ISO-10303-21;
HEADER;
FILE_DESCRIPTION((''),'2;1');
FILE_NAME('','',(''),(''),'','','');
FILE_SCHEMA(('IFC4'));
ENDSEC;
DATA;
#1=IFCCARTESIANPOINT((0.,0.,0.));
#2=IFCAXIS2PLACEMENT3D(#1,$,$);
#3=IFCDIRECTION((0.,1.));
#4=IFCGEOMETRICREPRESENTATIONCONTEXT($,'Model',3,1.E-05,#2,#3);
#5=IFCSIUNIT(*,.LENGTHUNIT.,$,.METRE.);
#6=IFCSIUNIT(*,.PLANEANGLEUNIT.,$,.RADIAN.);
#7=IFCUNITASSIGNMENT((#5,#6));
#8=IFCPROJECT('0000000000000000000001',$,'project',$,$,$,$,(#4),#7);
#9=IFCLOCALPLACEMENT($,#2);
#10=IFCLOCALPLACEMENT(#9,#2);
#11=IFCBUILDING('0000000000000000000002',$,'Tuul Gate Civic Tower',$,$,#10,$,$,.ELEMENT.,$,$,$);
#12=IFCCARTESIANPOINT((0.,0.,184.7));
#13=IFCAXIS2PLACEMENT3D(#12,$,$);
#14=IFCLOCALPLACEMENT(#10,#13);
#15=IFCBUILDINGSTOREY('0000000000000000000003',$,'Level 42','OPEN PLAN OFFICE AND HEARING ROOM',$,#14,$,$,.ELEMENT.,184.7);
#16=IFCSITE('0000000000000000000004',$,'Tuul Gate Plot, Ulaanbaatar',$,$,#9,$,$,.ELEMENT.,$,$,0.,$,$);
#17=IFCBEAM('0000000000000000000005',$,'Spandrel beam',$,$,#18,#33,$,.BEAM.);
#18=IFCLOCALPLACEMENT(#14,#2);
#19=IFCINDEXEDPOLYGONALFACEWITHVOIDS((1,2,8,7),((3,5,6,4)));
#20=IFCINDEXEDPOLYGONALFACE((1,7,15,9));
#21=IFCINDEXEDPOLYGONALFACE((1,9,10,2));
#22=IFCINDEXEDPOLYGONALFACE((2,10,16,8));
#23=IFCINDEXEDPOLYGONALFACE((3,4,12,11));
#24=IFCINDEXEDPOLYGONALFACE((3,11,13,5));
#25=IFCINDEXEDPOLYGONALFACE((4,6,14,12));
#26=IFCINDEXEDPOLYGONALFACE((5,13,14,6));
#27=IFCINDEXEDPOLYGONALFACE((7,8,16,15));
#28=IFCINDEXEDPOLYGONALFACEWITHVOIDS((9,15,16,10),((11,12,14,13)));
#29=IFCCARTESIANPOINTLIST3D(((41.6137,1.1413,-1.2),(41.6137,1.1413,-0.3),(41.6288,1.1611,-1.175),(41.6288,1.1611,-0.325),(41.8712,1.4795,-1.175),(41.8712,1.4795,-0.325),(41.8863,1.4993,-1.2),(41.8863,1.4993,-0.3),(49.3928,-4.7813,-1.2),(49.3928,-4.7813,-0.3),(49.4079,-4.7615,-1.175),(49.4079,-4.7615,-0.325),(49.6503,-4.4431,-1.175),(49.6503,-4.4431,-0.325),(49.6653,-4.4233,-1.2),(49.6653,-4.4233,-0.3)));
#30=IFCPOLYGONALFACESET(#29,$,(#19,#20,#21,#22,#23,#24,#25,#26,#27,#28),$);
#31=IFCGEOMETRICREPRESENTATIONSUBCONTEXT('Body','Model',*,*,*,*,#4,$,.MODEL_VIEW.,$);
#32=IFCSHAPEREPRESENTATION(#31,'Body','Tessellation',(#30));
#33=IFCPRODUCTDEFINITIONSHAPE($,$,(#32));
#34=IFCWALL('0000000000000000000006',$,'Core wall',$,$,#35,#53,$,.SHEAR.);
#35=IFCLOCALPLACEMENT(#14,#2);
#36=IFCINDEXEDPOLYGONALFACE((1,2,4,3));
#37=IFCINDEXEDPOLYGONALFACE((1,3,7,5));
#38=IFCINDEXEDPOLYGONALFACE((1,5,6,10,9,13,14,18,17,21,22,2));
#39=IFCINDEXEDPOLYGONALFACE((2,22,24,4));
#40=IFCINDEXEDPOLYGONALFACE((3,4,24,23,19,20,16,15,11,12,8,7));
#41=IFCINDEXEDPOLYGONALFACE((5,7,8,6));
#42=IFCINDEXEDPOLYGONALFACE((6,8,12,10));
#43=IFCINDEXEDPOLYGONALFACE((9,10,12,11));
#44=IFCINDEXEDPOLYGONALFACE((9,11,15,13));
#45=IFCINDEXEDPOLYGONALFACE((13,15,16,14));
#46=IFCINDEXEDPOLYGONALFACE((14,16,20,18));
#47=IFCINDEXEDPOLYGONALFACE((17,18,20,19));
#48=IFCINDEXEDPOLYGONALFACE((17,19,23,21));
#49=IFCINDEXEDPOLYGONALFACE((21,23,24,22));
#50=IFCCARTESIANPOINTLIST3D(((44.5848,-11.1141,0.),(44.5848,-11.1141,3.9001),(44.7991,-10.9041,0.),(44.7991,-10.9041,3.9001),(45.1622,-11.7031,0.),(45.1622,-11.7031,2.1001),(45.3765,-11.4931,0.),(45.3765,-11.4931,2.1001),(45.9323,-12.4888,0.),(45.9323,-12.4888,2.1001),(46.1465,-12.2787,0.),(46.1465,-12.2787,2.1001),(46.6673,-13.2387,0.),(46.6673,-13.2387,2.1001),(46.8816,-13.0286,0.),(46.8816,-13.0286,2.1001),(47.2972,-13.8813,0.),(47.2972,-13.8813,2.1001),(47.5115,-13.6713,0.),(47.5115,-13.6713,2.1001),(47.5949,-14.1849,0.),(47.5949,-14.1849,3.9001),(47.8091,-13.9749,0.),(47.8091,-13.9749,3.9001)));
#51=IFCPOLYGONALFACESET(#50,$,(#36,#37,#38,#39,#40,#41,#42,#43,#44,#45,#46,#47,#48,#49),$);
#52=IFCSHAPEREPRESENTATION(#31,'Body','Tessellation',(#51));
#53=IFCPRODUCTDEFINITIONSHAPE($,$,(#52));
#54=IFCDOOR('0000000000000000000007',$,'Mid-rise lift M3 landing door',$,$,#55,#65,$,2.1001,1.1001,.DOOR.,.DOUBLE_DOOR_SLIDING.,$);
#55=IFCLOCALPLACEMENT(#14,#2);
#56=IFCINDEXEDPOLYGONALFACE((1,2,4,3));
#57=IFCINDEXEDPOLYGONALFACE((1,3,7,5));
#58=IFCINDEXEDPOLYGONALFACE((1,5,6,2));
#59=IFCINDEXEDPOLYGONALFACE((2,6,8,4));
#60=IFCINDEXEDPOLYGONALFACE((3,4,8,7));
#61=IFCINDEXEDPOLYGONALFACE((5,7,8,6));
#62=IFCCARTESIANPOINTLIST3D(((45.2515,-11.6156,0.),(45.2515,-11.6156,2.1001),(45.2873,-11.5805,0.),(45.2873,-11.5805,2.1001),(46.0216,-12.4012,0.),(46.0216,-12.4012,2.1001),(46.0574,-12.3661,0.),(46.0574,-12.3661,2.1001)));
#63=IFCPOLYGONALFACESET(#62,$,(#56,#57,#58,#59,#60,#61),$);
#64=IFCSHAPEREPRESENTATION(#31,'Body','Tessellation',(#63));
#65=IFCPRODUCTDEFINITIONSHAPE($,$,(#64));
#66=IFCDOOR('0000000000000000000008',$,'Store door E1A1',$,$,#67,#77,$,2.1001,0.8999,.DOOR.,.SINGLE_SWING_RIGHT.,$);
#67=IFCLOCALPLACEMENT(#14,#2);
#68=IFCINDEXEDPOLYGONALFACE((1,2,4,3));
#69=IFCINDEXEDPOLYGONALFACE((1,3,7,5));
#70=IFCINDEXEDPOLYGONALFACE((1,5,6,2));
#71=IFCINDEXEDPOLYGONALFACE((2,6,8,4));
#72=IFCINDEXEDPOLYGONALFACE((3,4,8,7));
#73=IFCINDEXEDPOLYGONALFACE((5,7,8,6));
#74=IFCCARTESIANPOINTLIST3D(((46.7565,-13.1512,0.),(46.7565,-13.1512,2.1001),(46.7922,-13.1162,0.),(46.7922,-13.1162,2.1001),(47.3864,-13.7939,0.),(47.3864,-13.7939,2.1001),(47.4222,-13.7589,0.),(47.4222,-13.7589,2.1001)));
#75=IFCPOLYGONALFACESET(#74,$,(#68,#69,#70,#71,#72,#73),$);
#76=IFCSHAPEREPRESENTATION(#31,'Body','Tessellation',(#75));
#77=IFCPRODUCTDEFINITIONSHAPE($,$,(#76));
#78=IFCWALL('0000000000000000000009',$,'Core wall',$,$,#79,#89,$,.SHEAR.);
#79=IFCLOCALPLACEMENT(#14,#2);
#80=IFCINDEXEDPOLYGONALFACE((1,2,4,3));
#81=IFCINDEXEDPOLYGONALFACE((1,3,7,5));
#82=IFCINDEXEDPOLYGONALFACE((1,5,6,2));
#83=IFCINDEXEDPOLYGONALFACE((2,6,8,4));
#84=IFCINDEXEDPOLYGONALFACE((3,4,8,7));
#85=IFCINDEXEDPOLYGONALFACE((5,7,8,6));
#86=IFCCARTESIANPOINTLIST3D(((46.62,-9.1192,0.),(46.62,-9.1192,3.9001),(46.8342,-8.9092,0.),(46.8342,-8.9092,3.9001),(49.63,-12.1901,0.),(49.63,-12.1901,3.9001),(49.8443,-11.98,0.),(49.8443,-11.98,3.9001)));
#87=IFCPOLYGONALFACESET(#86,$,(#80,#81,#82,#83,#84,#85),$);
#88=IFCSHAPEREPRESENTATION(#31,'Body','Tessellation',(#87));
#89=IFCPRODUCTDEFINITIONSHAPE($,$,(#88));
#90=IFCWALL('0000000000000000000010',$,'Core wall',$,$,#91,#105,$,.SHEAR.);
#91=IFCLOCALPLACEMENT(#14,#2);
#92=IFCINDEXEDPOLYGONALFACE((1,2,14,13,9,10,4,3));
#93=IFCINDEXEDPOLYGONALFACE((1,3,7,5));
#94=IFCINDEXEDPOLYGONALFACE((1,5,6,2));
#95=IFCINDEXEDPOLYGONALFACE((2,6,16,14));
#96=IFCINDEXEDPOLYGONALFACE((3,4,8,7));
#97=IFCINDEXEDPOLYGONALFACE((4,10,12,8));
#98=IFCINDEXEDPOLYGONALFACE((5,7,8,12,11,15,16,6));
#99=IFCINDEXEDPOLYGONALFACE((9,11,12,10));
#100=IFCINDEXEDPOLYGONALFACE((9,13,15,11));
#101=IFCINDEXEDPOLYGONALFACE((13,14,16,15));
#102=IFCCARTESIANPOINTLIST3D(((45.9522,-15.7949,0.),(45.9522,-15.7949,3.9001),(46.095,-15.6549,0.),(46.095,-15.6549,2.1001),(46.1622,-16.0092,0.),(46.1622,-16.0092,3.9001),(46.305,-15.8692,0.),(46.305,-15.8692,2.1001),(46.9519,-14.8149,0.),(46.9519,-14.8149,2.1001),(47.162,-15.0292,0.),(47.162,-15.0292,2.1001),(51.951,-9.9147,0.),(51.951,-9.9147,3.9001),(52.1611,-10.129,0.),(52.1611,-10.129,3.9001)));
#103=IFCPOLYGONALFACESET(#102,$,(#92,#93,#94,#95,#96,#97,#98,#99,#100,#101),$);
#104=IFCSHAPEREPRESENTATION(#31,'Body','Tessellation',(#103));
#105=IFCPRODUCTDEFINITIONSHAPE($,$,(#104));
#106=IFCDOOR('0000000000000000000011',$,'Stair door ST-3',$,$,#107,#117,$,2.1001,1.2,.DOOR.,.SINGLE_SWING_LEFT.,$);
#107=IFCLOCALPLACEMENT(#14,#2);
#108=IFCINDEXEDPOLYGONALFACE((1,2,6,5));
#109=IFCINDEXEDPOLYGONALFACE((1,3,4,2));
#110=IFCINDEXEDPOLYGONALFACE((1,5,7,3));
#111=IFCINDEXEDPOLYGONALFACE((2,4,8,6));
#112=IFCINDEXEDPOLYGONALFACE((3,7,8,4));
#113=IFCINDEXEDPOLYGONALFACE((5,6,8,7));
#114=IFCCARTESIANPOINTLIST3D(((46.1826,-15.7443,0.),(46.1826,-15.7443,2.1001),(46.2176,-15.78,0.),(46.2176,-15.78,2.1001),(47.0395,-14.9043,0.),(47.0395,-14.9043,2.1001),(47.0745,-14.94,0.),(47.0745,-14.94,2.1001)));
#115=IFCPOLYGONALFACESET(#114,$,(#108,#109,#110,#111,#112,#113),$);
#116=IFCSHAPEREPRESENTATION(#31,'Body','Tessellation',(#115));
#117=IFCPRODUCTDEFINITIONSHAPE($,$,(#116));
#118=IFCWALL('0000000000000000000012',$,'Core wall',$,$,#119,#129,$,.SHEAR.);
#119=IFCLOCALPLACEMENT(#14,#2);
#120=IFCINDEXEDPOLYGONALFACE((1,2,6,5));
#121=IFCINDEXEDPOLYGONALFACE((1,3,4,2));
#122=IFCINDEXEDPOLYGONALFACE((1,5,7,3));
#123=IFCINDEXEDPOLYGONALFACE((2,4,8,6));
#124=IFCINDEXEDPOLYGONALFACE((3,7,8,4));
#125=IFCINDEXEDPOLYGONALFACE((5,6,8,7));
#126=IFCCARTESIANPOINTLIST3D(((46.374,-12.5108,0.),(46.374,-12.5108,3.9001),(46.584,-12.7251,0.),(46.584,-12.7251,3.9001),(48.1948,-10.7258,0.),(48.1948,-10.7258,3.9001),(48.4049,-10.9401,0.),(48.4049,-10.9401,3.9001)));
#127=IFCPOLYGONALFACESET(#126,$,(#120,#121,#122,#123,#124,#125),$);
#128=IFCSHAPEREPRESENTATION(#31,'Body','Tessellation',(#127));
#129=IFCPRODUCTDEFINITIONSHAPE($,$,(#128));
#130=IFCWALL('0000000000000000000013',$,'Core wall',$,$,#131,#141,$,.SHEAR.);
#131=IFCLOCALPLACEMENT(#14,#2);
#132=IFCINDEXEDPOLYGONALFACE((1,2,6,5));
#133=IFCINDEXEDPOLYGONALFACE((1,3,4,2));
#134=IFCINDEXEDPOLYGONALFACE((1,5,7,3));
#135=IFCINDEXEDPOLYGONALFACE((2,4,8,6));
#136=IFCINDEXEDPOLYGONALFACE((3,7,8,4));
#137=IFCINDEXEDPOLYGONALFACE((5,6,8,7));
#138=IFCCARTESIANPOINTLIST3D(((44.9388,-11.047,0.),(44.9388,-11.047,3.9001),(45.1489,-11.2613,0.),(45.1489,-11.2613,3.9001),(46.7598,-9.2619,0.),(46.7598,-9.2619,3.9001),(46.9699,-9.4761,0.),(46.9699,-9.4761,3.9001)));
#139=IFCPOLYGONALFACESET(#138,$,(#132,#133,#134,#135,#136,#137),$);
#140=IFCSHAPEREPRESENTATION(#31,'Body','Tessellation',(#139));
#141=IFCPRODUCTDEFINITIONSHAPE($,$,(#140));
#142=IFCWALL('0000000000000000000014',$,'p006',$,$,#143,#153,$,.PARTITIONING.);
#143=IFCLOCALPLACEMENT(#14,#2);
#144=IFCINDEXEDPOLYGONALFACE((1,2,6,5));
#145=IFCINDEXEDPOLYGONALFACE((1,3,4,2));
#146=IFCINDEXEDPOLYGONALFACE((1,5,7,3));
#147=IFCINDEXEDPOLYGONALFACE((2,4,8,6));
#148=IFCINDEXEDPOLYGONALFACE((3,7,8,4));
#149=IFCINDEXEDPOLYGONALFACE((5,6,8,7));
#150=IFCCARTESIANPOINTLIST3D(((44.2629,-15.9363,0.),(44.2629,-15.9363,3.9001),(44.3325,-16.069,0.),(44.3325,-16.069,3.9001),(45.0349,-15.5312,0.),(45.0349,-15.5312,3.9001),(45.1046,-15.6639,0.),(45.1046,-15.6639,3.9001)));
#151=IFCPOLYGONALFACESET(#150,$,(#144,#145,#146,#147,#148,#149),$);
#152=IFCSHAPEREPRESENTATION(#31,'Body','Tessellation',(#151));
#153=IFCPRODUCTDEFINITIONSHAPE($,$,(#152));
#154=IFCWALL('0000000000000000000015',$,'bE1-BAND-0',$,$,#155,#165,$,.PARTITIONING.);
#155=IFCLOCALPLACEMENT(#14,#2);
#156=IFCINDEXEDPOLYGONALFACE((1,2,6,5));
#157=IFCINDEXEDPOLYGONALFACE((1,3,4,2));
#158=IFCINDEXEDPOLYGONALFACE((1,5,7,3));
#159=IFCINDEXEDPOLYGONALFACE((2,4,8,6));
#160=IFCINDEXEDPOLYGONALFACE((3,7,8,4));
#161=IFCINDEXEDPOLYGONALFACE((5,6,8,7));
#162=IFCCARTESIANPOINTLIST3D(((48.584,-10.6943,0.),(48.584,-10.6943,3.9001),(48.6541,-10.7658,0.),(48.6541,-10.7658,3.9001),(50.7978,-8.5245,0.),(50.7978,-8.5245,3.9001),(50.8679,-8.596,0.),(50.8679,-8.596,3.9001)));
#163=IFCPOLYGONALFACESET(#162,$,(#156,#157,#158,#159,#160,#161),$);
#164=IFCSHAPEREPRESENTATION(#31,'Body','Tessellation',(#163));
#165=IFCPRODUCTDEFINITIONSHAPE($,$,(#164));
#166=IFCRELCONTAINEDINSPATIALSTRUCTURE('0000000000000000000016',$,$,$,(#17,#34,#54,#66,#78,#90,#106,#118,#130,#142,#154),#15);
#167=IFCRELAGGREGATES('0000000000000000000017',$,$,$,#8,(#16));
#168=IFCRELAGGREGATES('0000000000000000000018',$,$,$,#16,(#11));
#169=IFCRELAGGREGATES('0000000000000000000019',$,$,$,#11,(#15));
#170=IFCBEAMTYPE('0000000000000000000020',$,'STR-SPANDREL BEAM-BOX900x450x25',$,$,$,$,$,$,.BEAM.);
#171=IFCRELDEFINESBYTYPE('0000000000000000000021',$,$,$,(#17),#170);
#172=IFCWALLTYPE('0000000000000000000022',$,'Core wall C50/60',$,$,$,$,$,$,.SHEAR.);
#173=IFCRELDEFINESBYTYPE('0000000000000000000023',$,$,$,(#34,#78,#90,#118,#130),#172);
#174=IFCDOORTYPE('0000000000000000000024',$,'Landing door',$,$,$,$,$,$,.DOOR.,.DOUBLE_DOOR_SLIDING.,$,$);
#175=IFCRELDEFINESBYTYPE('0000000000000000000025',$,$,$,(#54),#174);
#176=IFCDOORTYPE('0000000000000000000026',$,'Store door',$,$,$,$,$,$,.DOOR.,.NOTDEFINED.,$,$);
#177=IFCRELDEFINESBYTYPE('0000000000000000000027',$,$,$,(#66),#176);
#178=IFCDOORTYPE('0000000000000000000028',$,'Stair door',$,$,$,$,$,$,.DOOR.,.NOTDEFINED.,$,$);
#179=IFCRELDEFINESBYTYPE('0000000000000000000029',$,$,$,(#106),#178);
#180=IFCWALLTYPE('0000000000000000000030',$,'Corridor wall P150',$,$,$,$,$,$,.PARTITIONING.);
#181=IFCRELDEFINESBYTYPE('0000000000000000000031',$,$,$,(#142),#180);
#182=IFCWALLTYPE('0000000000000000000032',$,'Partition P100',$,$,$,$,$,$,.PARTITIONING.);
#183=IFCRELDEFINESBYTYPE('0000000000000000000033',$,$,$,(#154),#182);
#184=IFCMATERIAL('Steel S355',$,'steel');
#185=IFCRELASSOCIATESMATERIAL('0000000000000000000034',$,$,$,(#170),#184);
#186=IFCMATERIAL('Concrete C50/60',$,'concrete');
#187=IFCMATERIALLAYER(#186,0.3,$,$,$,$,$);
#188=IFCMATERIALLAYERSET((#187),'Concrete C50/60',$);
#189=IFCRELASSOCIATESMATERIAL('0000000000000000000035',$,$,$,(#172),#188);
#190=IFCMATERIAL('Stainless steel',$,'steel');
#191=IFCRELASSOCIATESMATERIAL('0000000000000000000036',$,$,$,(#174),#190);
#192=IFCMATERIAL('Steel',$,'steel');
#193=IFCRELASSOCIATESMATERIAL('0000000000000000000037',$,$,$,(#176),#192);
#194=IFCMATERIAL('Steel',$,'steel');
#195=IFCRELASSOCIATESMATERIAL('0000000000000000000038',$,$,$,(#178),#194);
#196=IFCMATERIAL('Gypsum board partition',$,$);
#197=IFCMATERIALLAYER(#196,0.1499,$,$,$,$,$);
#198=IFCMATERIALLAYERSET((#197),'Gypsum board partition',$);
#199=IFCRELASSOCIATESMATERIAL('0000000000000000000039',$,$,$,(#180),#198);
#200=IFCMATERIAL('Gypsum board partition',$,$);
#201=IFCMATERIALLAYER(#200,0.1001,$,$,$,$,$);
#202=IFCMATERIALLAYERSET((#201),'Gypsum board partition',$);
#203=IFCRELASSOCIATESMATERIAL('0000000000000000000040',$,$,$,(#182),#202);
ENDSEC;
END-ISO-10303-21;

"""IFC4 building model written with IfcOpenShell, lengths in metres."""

from ifc_helpers import new_model, si_unit, direction, frame, frame_2d, origin, origin_2d, place, context, subcontext, project, spatial, rectangle, hollow_rectangle, extrude, material, layer, layer_set, material_profile, profile_set, type_object, element, fill, save


model = new_model("IFC4")

# Units and contexts
model_context = context("Model", 3, precision=1e-05, world=origin(), true_north=direction((0.0, 1.0)))
body_context = subcontext(model_context, "Body", "Model", "MODEL_VIEW")
ifc_project = project(units=[si_unit("LENGTHUNIT", "METRE"), si_unit("PLANEANGLEUNIT", "RADIAN")], contexts=[model_context])

# Site, building, storey
site_placement = place(None, origin())
site = spatial("IfcSite", under=ifc_project, at=site_placement, Name="Tuul Gate Plot, Ulaanbaatar", CompositionType="ELEMENT", RefElevation=0.0)
building_placement = place(site_placement, origin())
building = spatial("IfcBuilding", under=site, at=building_placement, Name="Tuul Gate Civic Tower", CompositionType="ELEMENT")
storey_placement = place(building_placement, frame((0.0, 0.0, 184.7)))
storey = spatial("IfcBuildingStorey", under=building, at=storey_placement, Name="Level 42", Description="OPEN PLAN OFFICE AND HEARING ROOM", CompositionType="ELEMENT", Elevation=184.7)

# Beam
ifc_material_1 = material(Name="Steel S355", Category="steel")
ifc_material_profile = material_profile(ifc_material_1, hollow_rectangle(XDim=0.45, YDim=0.8999, WallThickness=0.0249, at=origin_2d()), Name="BOX900x450x25")
ifc_profile_set = profile_set([ifc_material_profile], Name="Steel S355")
beam_type = type_object("IfcBeamType", Name="STR-SPANDREL BEAM-BOX900x450x25", PredefinedType="BEAM", material=ifc_profile_set)
beam_placement = place(storey_placement, frame((49.5291, -4.6023, -0.75), z_axis=(-0.795643, 0.605766, 0.0), x_axis=(-0.605766, -0.795643, 0.0)))
element("IfcBeam", 1, at=beam_placement, inside=storey, type_object=beam_type, Name="Spandrel beam", PredefinedType="BEAM", context=body_context, shape_type="SweptSolid", body=[
    extrude(hollow_rectangle(XDim=0.45, YDim=0.8999, WallThickness=0.0249, at=origin_2d()), origin(), (0.0, 0.0, 1.0), 9.7771),
])

# Wall, openings, doors
ifc_material_2 = material(Name="Concrete C50/60", Category="concrete")
ifc_layer_1 = layer(ifc_material_2, 0.3)
ifc_layer_set_1 = layer_set([ifc_layer_1], Name="Concrete C50/60")
wall_type_1 = type_object("IfcWallType", Name="Core wall C50/60", PredefinedType="SHEAR", material=ifc_layer_set_1)
wall_1_placement = place(storey_placement, frame((47.7019, -14.0798, 0.0), z_axis=(0.0, 0.0, 1.0), x_axis=(-0.700003, 0.71414, 0.0)))
wall_1 = element("IfcWall", 2, at=wall_1_placement, inside=storey, type_object=wall_type_1, Name="Core wall", PredefinedType="SHEAR", context=body_context, shape_type="SweptSolid", body=[
    extrude(rectangle(XDim=4.3, YDim=0.3, at=frame_2d((2.1499, 0.0))), origin(), (0.0, 0.0, 1.0), 3.9001),
])
opening_1_placement = place(wall_1_placement, frame((0.425, 0.0, 0.0)))
opening_1 = element("IfcOpeningElement", 3, at=opening_1_placement, cuts=wall_1, PredefinedType="OPENING", context=body_context, shape_type="SweptSolid", body=[
    extrude(rectangle(XDim=0.8999, YDim=2.1001, at=frame_2d((0.45, 1.05))), frame((0.0, 0.1602, 0.0), z_axis=(0.0, -1.0, 0.0), x_axis=(1.0, 0.0, 0.0)), (0.0, 0.0, 1.0), 0.3201),
])
opening_2_placement = place(wall_1_placement, frame((2.375, 0.0, 0.0)))
opening_2 = element("IfcOpeningElement", 4, at=opening_2_placement, cuts=wall_1, PredefinedType="OPENING", context=body_context, shape_type="SweptSolid", body=[
    extrude(rectangle(XDim=1.1001, YDim=2.1001, at=frame_2d((0.55, 1.05))), frame((0.0, 0.1602, 0.0), z_axis=(0.0, -1.0, 0.0), x_axis=(1.0, 0.0, 0.0)), (0.0, 0.0, 1.0), 0.3201),
])
ifc_material_3 = material(Name="Stainless steel", Category="steel")
door_type_1 = type_object("IfcDoorType", Name="Landing door", OperationType="DOUBLE_DOOR_SLIDING", PredefinedType="DOOR", material=ifc_material_3)
door_1_placement = place(opening_2_placement, origin())
door_1 = element("IfcDoor", 5, at=door_1_placement, inside=storey, type_object=door_type_1, Name="Mid-rise lift M3 landing door", OperationType="DOUBLE_DOOR_SLIDING", OverallHeight=2.1001, OverallWidth=1.1001, PredefinedType="DOOR", context=body_context, shape_type="SweptSolid", body=[
    extrude(rectangle(XDim=1.1001, YDim=2.1001, at=frame_2d((0.55, 1.05))), frame((0.0, 0.0249, 0.0), z_axis=(0.0, -1.0, 0.0), x_axis=(1.0, 0.0, 0.0)), (0.0, 0.0, 1.0), 0.05),
])
fill(opening_2, door_1)
ifc_material_4 = material(Name="Steel", Category="steel")
door_type_2 = type_object("IfcDoorType", Name="Store door", OperationType="NOTDEFINED", PredefinedType="DOOR", material=ifc_material_4)
door_2_placement = place(opening_1_placement, frame((0.8999, 0.0, 0.0), z_axis=(0.0, 0.0, 1.0), x_axis=(-1.0, 0.0, 0.0)))
door_2 = element("IfcDoor", 6, at=door_2_placement, inside=storey, type_object=door_type_2, Name="Store door E1A1", OperationType="SINGLE_SWING_RIGHT", OverallHeight=2.1001, OverallWidth=0.8999, PredefinedType="DOOR", context=body_context, shape_type="SweptSolid", body=[
    extrude(rectangle(XDim=0.8999, YDim=2.1001, at=frame_2d((0.45, 1.05))), frame((0.0, 0.0249, 0.0), z_axis=(0.0, -1.0, 0.0), x_axis=(1.0, 0.0, 0.0)), (0.0, 0.0, 1.0), 0.05),
])
fill(opening_1, door_2)

# Wall
wall_2_placement = place(storey_placement, frame((49.7371, -12.085, 0.0), z_axis=(0.0, 0.0, 1.0), x_axis=(-0.700003, 0.71414, 0.0)))
element("IfcWall", 7, at=wall_2_placement, inside=storey, type_object=wall_type_1, Name="Core wall", PredefinedType="SHEAR", context=body_context, shape_type="SweptSolid", body=[
    extrude(rectangle(XDim=4.3, YDim=0.3, at=frame_2d((2.1499, 0.0))), origin(), (0.0, 0.0, 1.0), 3.9001),
])

# Wall, opening, door
wall_3_placement = place(storey_placement, frame((46.0571, -15.9021, 0.0), z_axis=(0.0, 0.0, 1.0), x_axis=(0.714134, 0.700009, 0.0)))
wall_3 = element("IfcWall", 8, at=wall_3_placement, inside=storey, type_object=wall_type_1, Name="Core wall", PredefinedType="SHEAR", context=body_context, shape_type="SweptSolid", body=[
    extrude(rectangle(XDim=8.4001, YDim=0.3, at=frame_2d((4.2002, 0.0))), origin(), (0.0, 0.0, 1.0), 3.9001),
])
opening_3_placement = place(wall_3_placement, frame((0.2, 0.0, 0.0)))
opening_3 = element("IfcOpeningElement", 9, at=opening_3_placement, cuts=wall_3, PredefinedType="OPENING", context=body_context, shape_type="SweptSolid", body=[
    extrude(rectangle(XDim=1.2, YDim=2.1001, at=frame_2d((0.6001, 1.05))), frame((0.0, 0.1602, 0.0), z_axis=(0.0, -1.0, 0.0), x_axis=(1.0, 0.0, 0.0)), (0.0, 0.0, 1.0), 0.3201),
])
ifc_material_5 = material(Name="Steel", Category="steel")
door_type_3 = type_object("IfcDoorType", Name="Stair door", OperationType="NOTDEFINED", PredefinedType="DOOR", material=ifc_material_5)
door_3_placement = place(opening_3_placement, origin())
door_3 = element("IfcDoor", 10, at=door_3_placement, inside=storey, type_object=door_type_3, Name="Stair door ST-3", OperationType="SINGLE_SWING_LEFT", OverallHeight=2.1001, OverallWidth=1.2, PredefinedType="DOOR", context=body_context, shape_type="SweptSolid", body=[
    extrude(rectangle(XDim=1.2, YDim=2.1001, at=frame_2d((0.6001, 1.05))), frame((0.0, 0.0249, 0.0), z_axis=(0.0, -1.0, 0.0), x_axis=(1.0, 0.0, 0.0)), (0.0, 0.0, 1.0), 0.05),
])
fill(opening_3, door_3)

# Walls
wall_4_placement = place(storey_placement, frame((46.479, -12.6179, 0.0), z_axis=(0.0, 0.0, 1.0), x_axis=(0.714109, 0.700034, 0.0)))
element("IfcWall", 11, at=wall_4_placement, inside=storey, type_object=wall_type_1, Name="Core wall", PredefinedType="SHEAR", context=body_context, shape_type="SweptSolid", body=[
    extrude(rectangle(XDim=2.5498, YDim=0.3, at=frame_2d((1.2749, 0.0))), origin(), (0.0, 0.0, 1.0), 3.9001),
])
wall_5_placement = place(storey_placement, frame((45.0439, -11.1541, 0.0), z_axis=(0.0, 0.0, 1.0), x_axis=(0.714108, 0.700035, 0.0)))
element("IfcWall", 12, at=wall_5_placement, inside=storey, type_object=wall_type_1, Name="Core wall", PredefinedType="SHEAR", context=body_context, shape_type="SweptSolid", body=[
    extrude(rectangle(XDim=2.55, YDim=0.3, at=frame_2d((1.2749, 0.0))), origin(), (0.0, 0.0, 1.0), 3.9001),
])
ifc_material_6 = material(Name="Gypsum board partition")
ifc_layer_2 = layer(ifc_material_6, 0.1499)
ifc_layer_set_2 = layer_set([ifc_layer_2], Name="Gypsum board partition")
wall_type_2 = type_object("IfcWallType", Name="Corridor wall P150", PredefinedType="PARTITIONING", material=ifc_layer_set_2)
wall_6_placement = place(storey_placement, frame((44.2976, -16.0027, 0.0), z_axis=(0.0, 0.0, 1.0), x_axis=(0.885519, 0.464603, 0.0)))
element("IfcWall", 13, at=wall_6_placement, inside=storey, type_object=wall_type_2, Name="p006", PredefinedType="PARTITIONING", context=body_context, shape_type="SweptSolid", body=[
    extrude(rectangle(XDim=0.8718, YDim=0.1499, at=frame_2d((0.436, 0.0))), origin(), (0.0, 0.0, 1.0), 3.9001),
])
ifc_material_7 = material(Name="Gypsum board partition")
ifc_layer_3 = layer(ifc_material_7, 0.1001)
ifc_layer_set_3 = layer_set([ifc_layer_3], Name="Gypsum board partition")
wall_type_3 = type_object("IfcWallType", Name="Partition P100", PredefinedType="PARTITIONING", material=ifc_layer_set_3)
wall_7_placement = place(storey_placement, frame((48.6191, -10.73, 0.0), z_axis=(0.0, 0.0, 1.0), x_axis=(0.714159, 0.699983, 0.0)))
element("IfcWall", 14, at=wall_7_placement, inside=storey, type_object=wall_type_3, Name="bE1-BAND-0", PredefinedType="PARTITIONING", context=body_context, shape_type="SweptSolid", body=[
    extrude(rectangle(XDim=3.0999, YDim=0.1001, at=frame_2d((1.5498, 0.0))), origin(), (0.0, 0.0, 1.0), 3.9001),
])

save(model, "model.ifc")
